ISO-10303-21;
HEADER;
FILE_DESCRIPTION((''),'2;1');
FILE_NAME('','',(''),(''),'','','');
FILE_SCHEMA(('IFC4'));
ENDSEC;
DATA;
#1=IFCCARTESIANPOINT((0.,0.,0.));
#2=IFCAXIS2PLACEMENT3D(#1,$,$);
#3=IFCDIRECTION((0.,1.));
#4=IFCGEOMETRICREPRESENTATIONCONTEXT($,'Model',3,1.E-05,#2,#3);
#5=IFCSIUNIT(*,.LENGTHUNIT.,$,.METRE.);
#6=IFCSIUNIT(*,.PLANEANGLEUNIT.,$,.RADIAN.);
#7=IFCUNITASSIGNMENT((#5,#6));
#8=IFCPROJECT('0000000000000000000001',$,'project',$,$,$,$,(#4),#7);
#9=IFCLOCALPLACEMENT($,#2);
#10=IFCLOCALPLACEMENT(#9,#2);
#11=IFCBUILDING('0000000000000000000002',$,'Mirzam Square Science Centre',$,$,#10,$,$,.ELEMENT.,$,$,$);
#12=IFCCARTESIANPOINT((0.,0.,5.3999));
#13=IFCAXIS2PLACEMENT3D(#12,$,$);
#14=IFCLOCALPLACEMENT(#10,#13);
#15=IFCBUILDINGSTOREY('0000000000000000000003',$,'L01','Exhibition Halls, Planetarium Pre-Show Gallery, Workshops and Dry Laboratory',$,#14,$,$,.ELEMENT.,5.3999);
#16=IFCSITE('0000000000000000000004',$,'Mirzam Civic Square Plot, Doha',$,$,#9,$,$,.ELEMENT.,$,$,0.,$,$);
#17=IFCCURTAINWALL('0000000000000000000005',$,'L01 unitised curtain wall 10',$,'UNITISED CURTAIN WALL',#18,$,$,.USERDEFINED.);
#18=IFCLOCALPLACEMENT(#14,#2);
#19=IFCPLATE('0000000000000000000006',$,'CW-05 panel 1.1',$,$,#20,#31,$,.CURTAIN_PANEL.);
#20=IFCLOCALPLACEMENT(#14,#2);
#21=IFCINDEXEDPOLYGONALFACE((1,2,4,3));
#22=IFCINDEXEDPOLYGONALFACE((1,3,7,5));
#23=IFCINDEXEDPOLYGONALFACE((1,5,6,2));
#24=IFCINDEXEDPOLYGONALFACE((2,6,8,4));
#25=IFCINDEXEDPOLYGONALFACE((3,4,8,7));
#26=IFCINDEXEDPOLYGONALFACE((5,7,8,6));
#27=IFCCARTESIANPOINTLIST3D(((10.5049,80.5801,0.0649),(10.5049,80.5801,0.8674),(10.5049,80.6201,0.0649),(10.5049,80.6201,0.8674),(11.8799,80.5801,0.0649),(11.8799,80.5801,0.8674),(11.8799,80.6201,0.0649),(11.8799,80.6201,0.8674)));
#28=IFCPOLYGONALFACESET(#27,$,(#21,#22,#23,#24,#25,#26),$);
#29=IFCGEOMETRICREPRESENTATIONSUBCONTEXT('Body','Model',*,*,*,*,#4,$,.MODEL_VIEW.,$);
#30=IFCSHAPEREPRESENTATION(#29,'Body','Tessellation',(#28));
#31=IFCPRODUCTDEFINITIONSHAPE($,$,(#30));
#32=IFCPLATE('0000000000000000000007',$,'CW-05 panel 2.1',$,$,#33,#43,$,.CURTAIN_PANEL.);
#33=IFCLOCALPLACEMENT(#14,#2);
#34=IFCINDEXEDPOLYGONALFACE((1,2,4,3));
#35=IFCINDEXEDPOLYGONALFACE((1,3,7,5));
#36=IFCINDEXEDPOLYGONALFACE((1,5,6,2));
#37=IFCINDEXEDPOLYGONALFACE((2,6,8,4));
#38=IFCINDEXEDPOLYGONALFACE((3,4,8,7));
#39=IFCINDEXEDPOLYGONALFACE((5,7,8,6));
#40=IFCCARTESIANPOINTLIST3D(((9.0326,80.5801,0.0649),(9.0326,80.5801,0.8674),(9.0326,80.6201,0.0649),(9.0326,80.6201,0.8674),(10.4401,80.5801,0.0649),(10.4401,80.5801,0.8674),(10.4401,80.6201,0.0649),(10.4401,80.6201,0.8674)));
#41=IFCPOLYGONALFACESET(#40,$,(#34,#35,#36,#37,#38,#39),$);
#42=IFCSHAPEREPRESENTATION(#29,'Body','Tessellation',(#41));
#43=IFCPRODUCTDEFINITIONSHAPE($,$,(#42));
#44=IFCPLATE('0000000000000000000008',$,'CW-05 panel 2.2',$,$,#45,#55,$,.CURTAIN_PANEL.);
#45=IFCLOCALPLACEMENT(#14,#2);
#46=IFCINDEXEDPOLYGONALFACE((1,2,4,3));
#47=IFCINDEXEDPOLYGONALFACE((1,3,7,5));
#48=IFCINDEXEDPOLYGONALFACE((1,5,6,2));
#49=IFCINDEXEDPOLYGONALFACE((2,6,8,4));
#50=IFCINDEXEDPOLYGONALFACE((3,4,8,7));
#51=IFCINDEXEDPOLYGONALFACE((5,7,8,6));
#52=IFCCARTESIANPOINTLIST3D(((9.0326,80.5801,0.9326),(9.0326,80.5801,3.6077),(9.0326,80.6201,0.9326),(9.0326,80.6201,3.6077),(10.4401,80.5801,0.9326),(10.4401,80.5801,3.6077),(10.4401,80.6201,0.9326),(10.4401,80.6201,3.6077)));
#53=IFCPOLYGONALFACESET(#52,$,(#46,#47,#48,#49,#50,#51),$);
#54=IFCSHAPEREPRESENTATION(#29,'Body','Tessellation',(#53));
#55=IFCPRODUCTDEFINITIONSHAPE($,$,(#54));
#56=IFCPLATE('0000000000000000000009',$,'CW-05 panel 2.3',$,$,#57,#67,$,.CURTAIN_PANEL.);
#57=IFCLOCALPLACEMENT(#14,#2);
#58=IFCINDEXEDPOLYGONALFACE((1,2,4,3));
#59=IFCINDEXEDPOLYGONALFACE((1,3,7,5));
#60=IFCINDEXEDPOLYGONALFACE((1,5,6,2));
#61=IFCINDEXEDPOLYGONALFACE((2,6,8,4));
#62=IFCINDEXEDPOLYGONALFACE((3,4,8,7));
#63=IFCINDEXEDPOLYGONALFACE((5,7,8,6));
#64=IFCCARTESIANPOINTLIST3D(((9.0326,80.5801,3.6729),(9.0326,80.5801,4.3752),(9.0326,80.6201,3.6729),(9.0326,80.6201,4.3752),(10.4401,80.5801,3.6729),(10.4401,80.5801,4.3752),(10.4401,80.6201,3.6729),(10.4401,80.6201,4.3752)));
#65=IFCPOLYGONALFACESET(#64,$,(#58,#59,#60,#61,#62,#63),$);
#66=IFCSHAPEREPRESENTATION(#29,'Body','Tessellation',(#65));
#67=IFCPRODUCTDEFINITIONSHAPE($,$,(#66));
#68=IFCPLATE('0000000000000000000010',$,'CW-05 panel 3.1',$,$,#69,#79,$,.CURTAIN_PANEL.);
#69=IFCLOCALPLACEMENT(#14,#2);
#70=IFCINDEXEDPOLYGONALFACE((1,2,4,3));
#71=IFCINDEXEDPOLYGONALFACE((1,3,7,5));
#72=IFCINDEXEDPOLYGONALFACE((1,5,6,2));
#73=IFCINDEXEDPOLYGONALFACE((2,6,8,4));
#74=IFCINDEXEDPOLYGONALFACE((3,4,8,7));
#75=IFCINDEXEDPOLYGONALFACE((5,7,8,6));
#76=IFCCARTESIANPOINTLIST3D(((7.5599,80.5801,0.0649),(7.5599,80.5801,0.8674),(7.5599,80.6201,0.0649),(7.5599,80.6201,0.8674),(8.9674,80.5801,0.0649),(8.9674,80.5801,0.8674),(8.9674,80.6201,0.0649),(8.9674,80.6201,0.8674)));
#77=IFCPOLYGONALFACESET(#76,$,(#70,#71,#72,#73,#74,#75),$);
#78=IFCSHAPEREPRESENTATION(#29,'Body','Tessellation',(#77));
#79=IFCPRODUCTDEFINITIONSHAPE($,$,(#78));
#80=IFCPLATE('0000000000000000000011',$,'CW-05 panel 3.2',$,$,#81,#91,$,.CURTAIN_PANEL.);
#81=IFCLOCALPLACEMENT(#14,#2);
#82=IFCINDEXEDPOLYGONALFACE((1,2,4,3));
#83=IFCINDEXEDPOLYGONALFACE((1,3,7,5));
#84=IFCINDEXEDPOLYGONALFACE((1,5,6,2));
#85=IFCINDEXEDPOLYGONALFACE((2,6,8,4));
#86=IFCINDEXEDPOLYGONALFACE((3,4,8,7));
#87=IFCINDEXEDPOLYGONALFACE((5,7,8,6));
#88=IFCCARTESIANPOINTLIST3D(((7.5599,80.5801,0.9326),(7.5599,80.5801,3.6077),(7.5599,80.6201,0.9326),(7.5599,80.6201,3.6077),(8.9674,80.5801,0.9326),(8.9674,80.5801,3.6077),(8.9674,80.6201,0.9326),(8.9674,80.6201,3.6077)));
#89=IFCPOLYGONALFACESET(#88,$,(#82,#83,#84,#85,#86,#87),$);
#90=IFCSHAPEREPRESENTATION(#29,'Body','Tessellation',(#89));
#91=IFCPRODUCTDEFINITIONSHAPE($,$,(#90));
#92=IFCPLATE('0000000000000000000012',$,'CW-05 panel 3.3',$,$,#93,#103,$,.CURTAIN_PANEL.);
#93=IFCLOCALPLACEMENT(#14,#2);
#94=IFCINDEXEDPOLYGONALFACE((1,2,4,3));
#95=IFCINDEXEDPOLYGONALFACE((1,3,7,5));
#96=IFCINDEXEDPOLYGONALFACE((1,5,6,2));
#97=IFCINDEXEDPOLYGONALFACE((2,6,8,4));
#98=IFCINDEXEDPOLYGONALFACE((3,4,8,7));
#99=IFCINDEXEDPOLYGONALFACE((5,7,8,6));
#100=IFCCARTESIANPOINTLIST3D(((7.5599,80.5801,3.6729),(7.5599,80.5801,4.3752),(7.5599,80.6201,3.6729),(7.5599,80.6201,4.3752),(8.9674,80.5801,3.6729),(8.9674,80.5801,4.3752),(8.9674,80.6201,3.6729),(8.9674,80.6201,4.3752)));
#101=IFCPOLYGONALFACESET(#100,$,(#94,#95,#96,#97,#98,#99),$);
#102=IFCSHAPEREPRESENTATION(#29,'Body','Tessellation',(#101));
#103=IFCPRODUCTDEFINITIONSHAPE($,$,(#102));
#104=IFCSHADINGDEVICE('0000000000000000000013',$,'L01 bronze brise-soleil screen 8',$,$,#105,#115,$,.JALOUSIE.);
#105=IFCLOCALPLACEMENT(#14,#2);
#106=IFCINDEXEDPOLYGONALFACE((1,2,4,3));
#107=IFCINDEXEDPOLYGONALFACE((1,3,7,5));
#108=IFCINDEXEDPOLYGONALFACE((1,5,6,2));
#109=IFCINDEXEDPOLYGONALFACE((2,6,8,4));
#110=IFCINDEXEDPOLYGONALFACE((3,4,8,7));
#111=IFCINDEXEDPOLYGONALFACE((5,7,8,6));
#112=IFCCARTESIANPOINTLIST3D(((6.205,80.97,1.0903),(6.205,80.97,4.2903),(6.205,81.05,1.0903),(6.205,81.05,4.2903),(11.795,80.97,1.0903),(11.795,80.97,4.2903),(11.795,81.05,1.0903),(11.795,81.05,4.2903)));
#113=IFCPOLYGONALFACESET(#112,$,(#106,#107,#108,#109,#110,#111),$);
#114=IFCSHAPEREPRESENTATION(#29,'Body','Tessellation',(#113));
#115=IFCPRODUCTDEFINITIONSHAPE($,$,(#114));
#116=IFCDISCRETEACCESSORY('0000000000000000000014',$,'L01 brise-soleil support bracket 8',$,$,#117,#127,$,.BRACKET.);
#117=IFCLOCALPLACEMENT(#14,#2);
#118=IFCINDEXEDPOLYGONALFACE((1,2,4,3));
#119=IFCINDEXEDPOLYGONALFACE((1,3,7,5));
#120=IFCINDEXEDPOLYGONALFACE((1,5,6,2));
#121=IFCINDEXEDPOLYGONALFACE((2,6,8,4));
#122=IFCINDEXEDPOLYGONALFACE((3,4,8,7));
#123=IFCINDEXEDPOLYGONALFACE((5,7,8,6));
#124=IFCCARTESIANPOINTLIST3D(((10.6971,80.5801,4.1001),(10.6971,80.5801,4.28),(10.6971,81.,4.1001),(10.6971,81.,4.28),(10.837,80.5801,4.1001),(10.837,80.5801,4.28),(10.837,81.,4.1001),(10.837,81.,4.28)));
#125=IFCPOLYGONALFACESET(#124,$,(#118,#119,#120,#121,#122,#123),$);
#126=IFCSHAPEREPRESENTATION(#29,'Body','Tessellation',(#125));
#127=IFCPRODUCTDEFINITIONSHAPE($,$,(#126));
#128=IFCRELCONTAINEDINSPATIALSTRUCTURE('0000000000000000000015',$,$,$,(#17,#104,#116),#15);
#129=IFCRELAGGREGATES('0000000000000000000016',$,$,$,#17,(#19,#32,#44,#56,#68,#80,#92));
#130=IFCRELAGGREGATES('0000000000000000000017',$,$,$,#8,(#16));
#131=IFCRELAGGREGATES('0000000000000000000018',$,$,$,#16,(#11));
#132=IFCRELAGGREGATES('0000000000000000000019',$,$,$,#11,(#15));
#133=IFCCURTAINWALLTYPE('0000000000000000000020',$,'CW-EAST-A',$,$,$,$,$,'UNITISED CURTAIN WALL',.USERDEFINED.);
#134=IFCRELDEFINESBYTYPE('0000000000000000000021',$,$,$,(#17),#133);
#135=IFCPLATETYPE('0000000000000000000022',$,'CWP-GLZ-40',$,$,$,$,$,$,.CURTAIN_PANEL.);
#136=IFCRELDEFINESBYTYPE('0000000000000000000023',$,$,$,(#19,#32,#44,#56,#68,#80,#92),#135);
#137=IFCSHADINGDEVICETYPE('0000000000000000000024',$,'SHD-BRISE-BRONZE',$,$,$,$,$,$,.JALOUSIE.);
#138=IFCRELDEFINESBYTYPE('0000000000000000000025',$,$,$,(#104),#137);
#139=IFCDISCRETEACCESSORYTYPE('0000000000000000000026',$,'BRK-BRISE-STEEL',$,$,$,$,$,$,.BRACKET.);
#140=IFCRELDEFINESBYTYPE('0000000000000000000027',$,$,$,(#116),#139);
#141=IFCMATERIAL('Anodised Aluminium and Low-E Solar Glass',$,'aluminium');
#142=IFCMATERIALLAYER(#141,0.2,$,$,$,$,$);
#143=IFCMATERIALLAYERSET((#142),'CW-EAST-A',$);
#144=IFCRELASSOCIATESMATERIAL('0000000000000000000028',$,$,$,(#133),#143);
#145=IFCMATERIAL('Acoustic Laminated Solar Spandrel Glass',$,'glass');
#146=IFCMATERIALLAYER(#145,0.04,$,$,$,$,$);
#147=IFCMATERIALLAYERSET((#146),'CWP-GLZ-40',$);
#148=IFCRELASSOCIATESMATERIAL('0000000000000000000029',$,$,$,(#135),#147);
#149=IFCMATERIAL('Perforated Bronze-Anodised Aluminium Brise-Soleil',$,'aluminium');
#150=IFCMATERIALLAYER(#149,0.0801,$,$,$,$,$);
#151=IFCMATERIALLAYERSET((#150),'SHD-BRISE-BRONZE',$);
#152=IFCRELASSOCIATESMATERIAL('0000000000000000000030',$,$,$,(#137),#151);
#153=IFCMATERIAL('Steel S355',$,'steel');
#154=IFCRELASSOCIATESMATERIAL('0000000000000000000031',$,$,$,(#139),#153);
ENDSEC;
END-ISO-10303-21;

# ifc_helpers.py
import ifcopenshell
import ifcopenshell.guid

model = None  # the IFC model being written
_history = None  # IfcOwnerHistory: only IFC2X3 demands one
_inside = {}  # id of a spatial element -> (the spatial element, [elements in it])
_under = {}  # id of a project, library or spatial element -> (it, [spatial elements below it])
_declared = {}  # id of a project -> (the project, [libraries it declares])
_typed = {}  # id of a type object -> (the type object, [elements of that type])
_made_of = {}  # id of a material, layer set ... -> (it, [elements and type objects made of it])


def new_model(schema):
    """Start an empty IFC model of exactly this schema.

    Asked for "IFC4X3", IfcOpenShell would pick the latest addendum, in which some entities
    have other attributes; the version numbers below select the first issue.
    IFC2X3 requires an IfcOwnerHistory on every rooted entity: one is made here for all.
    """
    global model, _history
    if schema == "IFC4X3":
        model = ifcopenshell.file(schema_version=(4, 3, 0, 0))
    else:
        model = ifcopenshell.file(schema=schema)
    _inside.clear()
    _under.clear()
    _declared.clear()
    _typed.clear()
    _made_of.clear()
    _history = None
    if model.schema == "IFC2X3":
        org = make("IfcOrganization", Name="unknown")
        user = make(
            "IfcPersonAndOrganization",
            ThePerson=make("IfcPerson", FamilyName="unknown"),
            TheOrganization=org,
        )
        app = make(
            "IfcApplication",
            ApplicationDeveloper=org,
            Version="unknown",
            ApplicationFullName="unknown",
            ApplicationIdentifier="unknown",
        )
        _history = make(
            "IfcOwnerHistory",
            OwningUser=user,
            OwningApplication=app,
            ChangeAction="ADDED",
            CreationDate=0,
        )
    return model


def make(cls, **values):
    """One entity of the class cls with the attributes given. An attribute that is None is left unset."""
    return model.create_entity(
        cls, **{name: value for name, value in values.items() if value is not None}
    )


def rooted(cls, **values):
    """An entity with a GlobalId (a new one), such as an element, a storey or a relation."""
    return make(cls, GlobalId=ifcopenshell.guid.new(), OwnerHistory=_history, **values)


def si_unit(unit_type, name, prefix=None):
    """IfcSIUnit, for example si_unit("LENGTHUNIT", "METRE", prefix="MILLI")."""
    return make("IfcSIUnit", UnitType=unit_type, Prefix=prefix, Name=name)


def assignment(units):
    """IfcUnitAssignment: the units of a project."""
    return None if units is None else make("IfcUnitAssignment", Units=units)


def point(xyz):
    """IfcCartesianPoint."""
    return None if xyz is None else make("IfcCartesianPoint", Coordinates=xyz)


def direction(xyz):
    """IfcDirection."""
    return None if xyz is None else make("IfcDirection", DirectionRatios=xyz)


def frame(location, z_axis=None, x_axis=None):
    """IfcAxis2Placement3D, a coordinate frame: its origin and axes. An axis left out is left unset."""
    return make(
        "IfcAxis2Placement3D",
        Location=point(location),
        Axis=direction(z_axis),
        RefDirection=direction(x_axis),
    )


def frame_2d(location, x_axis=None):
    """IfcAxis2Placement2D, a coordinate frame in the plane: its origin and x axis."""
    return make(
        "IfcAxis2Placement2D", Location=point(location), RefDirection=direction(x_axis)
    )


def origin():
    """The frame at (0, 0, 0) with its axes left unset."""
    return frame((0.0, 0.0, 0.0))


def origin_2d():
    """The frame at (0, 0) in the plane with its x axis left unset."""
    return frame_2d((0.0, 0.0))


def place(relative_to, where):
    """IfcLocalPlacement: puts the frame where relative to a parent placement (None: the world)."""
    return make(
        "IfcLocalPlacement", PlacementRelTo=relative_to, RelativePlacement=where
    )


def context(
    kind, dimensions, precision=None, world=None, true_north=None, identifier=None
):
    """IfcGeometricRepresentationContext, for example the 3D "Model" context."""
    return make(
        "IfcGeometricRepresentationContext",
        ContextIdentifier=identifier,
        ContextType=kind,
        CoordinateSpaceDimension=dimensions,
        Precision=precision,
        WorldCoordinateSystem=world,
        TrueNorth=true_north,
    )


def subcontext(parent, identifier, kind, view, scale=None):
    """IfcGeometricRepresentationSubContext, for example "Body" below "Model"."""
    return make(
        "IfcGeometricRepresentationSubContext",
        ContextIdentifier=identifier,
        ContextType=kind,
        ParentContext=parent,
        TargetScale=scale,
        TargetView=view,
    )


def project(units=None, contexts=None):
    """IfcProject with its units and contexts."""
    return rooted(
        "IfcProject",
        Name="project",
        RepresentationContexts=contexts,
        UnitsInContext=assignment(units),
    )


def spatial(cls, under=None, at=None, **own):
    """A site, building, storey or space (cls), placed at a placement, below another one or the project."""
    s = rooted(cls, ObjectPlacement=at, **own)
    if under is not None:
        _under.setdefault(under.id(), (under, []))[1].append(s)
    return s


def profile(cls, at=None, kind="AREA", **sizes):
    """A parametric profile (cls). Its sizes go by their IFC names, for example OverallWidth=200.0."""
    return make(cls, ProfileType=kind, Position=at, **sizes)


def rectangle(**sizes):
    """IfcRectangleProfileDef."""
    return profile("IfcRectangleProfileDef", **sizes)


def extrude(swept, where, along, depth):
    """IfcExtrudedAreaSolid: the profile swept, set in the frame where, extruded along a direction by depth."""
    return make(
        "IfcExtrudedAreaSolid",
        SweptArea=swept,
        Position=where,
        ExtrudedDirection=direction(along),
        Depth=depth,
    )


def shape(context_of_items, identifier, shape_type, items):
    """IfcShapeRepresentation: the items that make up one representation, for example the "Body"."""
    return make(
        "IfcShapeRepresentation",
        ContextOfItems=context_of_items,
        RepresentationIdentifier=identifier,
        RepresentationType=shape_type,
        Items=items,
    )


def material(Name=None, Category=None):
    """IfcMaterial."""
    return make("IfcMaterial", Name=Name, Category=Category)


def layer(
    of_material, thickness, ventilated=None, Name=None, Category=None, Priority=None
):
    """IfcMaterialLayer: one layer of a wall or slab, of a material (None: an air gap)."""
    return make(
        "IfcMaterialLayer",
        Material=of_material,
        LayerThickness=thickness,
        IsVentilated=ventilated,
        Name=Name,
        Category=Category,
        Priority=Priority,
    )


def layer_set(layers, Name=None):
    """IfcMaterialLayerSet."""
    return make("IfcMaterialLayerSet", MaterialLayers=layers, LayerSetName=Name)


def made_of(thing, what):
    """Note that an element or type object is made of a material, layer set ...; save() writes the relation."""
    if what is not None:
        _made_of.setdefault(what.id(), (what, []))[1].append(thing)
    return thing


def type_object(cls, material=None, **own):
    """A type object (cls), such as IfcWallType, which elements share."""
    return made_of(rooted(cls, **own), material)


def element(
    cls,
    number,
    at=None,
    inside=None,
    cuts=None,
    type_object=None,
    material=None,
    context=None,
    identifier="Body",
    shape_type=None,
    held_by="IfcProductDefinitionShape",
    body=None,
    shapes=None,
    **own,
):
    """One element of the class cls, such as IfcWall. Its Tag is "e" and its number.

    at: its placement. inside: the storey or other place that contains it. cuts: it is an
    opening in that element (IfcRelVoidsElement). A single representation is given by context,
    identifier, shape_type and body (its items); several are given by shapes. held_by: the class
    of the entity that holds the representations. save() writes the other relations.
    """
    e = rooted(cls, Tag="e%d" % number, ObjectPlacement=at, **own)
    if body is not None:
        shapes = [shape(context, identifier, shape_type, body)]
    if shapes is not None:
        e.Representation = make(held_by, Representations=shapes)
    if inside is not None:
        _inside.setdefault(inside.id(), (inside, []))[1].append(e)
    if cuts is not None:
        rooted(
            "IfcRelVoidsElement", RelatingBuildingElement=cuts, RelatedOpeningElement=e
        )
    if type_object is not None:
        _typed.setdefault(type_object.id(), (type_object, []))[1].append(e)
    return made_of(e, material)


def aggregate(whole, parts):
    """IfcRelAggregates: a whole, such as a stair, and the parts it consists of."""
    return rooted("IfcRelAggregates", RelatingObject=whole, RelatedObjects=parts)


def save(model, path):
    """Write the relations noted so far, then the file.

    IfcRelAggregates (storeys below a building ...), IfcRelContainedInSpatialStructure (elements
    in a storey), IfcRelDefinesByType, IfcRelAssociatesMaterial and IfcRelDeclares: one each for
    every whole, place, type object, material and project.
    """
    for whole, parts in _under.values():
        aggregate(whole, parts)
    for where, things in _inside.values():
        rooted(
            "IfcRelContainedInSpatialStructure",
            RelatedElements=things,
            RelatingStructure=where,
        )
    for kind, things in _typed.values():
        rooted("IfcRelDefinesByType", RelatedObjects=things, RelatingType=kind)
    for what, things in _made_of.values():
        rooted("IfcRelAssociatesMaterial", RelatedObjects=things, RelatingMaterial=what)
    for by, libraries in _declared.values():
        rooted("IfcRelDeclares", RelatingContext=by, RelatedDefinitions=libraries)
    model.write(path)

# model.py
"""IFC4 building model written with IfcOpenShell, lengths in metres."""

from ifc_helpers import new_model, si_unit, direction, frame, origin, origin_2d, place, context, subcontext, project, spatial, rectangle, extrude, material, layer, layer_set, type_object, element, aggregate, save


model = new_model("IFC4")

# Units and contexts
model_context = context("Model", 3, precision=1e-05, world=origin(), true_north=direction((0.0, 1.0)))
body_context = subcontext(model_context, "Body", "Model", "MODEL_VIEW")
ifc_project = project(units=[si_unit("LENGTHUNIT", "METRE"), si_unit("PLANEANGLEUNIT", "RADIAN")], contexts=[model_context])

# Site, building, storey
site_placement = place(None, origin())
site = spatial("IfcSite", under=ifc_project, at=site_placement, Name="Mirzam Civic Square Plot, Doha", CompositionType="ELEMENT", RefElevation=0.0)
building_placement = place(site_placement, origin())
building = spatial("IfcBuilding", under=site, at=building_placement, Name="Mirzam Square Science Centre", CompositionType="ELEMENT")
storey_placement = place(building_placement, frame((0.0, 0.0, 5.3999)))
storey = spatial("IfcBuildingStorey", under=building, at=storey_placement, Name="L01", Description="Exhibition Halls, Planetarium Pre-Show Gallery, Workshops and Dry Laboratory", CompositionType="ELEMENT", Elevation=5.3999)

# Curtain wall, plates
ifc_material_1 = material(Name="Anodised Aluminium and Low-E Solar Glass", Category="aluminium")
ifc_layer_1 = layer(ifc_material_1, 0.2)
ifc_layer_set_1 = layer_set([ifc_layer_1], Name="CW-EAST-A")
curtain_wall_type = type_object("IfcCurtainWallType", Name="CW-EAST-A", ElementType="UNITISED CURTAIN WALL", PredefinedType="USERDEFINED", material=ifc_layer_set_1)
curtain_wall_placement = place(storey_placement, origin())
curtain_wall = element("IfcCurtainWall", 1, at=curtain_wall_placement, inside=storey, type_object=curtain_wall_type, Name="L01 unitised curtain wall 10", ObjectType="UNITISED CURTAIN WALL", PredefinedType="USERDEFINED")
ifc_material_2 = material(Name="Acoustic Laminated Solar Spandrel Glass", Category="glass")
ifc_layer_2 = layer(ifc_material_2, 0.04)
ifc_layer_set_2 = layer_set([ifc_layer_2], Name="CWP-GLZ-40")
plate_type = type_object("IfcPlateType", Name="CWP-GLZ-40", PredefinedType="CURTAIN_PANEL", material=ifc_layer_set_2)
plate_1_placement = place(storey_placement, frame((11.1924, 80.6001, 0.0649), z_axis=(0.0, 0.0, 1.0), x_axis=(-1.0, 0.0, 0.0)))
plate_1 = element("IfcPlate", 2, at=plate_1_placement, type_object=plate_type, Name="CW-05 panel 1.1", PredefinedType="CURTAIN_PANEL", context=body_context, shape_type="SweptSolid", body=[
    extrude(rectangle(XDim=1.375, YDim=0.04, at=origin_2d()), origin(), (0.0, 0.0, 1.0), 0.8025),
])
plate_2_placement = place(storey_placement, frame((9.7363, 80.6001, 0.0649), z_axis=(0.0, 0.0, 1.0), x_axis=(-1.0, 0.0, 0.0)))
plate_2 = element("IfcPlate", 3, at=plate_2_placement, type_object=plate_type, Name="CW-05 panel 2.1", PredefinedType="CURTAIN_PANEL", context=body_context, shape_type="SweptSolid", body=[
    extrude(rectangle(XDim=1.4075, YDim=0.04, at=origin_2d()), origin(), (0.0, 0.0, 1.0), 0.8025),
])
plate_3_placement = place(storey_placement, frame((9.7363, 80.6001, 0.9326), z_axis=(0.0, 0.0, 1.0), x_axis=(-1.0, 0.0, 0.0)))
plate_3 = element("IfcPlate", 4, at=plate_3_placement, type_object=plate_type, Name="CW-05 panel 2.2", PredefinedType="CURTAIN_PANEL", context=body_context, shape_type="SweptSolid", body=[
    extrude(rectangle(XDim=1.4075, YDim=0.04, at=origin_2d()), origin(), (0.0, 0.0, 1.0), 2.675),
])
plate_4_placement = place(storey_placement, frame((9.7363, 80.6001, 3.6729), z_axis=(0.0, 0.0, 1.0), x_axis=(-1.0, 0.0, 0.0)))
plate_4 = element("IfcPlate", 5, at=plate_4_placement, type_object=plate_type, Name="CW-05 panel 2.3", PredefinedType="CURTAIN_PANEL", context=body_context, shape_type="SweptSolid", body=[
    extrude(rectangle(XDim=1.4075, YDim=0.04, at=origin_2d()), origin(), (0.0, 0.0, 1.0), 0.7024),
])
plate_5_placement = place(storey_placement, frame((8.2637, 80.6001, 0.0649), z_axis=(0.0, 0.0, 1.0), x_axis=(-1.0, 0.0, 0.0)))
plate_5 = element("IfcPlate", 6, at=plate_5_placement, type_object=plate_type, Name="CW-05 panel 3.1", PredefinedType="CURTAIN_PANEL", context=body_context, shape_type="SweptSolid", body=[
    extrude(rectangle(XDim=1.4075, YDim=0.04, at=origin_2d()), origin(), (0.0, 0.0, 1.0), 0.8025),
])
plate_6_placement = place(storey_placement, frame((8.2637, 80.6001, 0.9326), z_axis=(0.0, 0.0, 1.0), x_axis=(-1.0, 0.0, 0.0)))
plate_6 = element("IfcPlate", 7, at=plate_6_placement, type_object=plate_type, Name="CW-05 panel 3.2", PredefinedType="CURTAIN_PANEL", context=body_context, shape_type="SweptSolid", body=[
    extrude(rectangle(XDim=1.4075, YDim=0.04, at=origin_2d()), origin(), (0.0, 0.0, 1.0), 2.675),
])
plate_7_placement = place(storey_placement, frame((8.2637, 80.6001, 3.6729), z_axis=(0.0, 0.0, 1.0), x_axis=(-1.0, 0.0, 0.0)))
plate_7 = element("IfcPlate", 8, at=plate_7_placement, type_object=plate_type, Name="CW-05 panel 3.3", PredefinedType="CURTAIN_PANEL", context=body_context, shape_type="SweptSolid", body=[
    extrude(rectangle(XDim=1.4075, YDim=0.04, at=origin_2d()), origin(), (0.0, 0.0, 1.0), 0.7024),
])
aggregate(curtain_wall, [plate_1, plate_2, plate_3, plate_4, plate_5, plate_6, plate_7])

# Shading device
ifc_material_3 = material(Name="Perforated Bronze-Anodised Aluminium Brise-Soleil", Category="aluminium")
ifc_layer_3 = layer(ifc_material_3, 0.0801)
ifc_layer_set_3 = layer_set([ifc_layer_3], Name="SHD-BRISE-BRONZE")
shading_device_type = type_object("IfcShadingDeviceType", Name="SHD-BRISE-BRONZE", PredefinedType="JALOUSIE", material=ifc_layer_set_3)
shading_device_placement = place(storey_placement, frame((9.0, 81.01, 1.0903), z_axis=(0.0, 0.0, 1.0), x_axis=(-1.0, 0.0, 0.0)))
element("IfcShadingDevice", 9, at=shading_device_placement, inside=storey, type_object=shading_device_type, Name="L01 bronze brise-soleil screen 8", PredefinedType="JALOUSIE", context=body_context, shape_type="SweptSolid", body=[
    extrude(rectangle(XDim=5.5901, YDim=0.0801, at=origin_2d()), origin(), (0.0, 0.0, 1.0), 3.2),
])

# Discrete accessory
ifc_material_4 = material(Name="Steel S355", Category="steel")
discrete_accessory_type = type_object("IfcDiscreteAccessoryType", Name="BRK-BRISE-STEEL", PredefinedType="BRACKET", material=ifc_material_4)
discrete_accessory_placement = place(storey_placement, frame((10.7671, 80.79, 4.1001), z_axis=(0.0, 0.0, 1.0), x_axis=(-1.0, 0.0, 0.0)))
element("IfcDiscreteAccessory", 10, at=discrete_accessory_placement, inside=storey, type_object=discrete_accessory_type, Name="L01 brise-soleil support bracket 8", PredefinedType="BRACKET", context=body_context, shape_type="SweptSolid", body=[
    extrude(rectangle(XDim=0.1399, YDim=0.4199, at=origin_2d()), origin(), (0.0, 0.0, 1.0), 0.1799),
])

save(model, "model.ifc")
